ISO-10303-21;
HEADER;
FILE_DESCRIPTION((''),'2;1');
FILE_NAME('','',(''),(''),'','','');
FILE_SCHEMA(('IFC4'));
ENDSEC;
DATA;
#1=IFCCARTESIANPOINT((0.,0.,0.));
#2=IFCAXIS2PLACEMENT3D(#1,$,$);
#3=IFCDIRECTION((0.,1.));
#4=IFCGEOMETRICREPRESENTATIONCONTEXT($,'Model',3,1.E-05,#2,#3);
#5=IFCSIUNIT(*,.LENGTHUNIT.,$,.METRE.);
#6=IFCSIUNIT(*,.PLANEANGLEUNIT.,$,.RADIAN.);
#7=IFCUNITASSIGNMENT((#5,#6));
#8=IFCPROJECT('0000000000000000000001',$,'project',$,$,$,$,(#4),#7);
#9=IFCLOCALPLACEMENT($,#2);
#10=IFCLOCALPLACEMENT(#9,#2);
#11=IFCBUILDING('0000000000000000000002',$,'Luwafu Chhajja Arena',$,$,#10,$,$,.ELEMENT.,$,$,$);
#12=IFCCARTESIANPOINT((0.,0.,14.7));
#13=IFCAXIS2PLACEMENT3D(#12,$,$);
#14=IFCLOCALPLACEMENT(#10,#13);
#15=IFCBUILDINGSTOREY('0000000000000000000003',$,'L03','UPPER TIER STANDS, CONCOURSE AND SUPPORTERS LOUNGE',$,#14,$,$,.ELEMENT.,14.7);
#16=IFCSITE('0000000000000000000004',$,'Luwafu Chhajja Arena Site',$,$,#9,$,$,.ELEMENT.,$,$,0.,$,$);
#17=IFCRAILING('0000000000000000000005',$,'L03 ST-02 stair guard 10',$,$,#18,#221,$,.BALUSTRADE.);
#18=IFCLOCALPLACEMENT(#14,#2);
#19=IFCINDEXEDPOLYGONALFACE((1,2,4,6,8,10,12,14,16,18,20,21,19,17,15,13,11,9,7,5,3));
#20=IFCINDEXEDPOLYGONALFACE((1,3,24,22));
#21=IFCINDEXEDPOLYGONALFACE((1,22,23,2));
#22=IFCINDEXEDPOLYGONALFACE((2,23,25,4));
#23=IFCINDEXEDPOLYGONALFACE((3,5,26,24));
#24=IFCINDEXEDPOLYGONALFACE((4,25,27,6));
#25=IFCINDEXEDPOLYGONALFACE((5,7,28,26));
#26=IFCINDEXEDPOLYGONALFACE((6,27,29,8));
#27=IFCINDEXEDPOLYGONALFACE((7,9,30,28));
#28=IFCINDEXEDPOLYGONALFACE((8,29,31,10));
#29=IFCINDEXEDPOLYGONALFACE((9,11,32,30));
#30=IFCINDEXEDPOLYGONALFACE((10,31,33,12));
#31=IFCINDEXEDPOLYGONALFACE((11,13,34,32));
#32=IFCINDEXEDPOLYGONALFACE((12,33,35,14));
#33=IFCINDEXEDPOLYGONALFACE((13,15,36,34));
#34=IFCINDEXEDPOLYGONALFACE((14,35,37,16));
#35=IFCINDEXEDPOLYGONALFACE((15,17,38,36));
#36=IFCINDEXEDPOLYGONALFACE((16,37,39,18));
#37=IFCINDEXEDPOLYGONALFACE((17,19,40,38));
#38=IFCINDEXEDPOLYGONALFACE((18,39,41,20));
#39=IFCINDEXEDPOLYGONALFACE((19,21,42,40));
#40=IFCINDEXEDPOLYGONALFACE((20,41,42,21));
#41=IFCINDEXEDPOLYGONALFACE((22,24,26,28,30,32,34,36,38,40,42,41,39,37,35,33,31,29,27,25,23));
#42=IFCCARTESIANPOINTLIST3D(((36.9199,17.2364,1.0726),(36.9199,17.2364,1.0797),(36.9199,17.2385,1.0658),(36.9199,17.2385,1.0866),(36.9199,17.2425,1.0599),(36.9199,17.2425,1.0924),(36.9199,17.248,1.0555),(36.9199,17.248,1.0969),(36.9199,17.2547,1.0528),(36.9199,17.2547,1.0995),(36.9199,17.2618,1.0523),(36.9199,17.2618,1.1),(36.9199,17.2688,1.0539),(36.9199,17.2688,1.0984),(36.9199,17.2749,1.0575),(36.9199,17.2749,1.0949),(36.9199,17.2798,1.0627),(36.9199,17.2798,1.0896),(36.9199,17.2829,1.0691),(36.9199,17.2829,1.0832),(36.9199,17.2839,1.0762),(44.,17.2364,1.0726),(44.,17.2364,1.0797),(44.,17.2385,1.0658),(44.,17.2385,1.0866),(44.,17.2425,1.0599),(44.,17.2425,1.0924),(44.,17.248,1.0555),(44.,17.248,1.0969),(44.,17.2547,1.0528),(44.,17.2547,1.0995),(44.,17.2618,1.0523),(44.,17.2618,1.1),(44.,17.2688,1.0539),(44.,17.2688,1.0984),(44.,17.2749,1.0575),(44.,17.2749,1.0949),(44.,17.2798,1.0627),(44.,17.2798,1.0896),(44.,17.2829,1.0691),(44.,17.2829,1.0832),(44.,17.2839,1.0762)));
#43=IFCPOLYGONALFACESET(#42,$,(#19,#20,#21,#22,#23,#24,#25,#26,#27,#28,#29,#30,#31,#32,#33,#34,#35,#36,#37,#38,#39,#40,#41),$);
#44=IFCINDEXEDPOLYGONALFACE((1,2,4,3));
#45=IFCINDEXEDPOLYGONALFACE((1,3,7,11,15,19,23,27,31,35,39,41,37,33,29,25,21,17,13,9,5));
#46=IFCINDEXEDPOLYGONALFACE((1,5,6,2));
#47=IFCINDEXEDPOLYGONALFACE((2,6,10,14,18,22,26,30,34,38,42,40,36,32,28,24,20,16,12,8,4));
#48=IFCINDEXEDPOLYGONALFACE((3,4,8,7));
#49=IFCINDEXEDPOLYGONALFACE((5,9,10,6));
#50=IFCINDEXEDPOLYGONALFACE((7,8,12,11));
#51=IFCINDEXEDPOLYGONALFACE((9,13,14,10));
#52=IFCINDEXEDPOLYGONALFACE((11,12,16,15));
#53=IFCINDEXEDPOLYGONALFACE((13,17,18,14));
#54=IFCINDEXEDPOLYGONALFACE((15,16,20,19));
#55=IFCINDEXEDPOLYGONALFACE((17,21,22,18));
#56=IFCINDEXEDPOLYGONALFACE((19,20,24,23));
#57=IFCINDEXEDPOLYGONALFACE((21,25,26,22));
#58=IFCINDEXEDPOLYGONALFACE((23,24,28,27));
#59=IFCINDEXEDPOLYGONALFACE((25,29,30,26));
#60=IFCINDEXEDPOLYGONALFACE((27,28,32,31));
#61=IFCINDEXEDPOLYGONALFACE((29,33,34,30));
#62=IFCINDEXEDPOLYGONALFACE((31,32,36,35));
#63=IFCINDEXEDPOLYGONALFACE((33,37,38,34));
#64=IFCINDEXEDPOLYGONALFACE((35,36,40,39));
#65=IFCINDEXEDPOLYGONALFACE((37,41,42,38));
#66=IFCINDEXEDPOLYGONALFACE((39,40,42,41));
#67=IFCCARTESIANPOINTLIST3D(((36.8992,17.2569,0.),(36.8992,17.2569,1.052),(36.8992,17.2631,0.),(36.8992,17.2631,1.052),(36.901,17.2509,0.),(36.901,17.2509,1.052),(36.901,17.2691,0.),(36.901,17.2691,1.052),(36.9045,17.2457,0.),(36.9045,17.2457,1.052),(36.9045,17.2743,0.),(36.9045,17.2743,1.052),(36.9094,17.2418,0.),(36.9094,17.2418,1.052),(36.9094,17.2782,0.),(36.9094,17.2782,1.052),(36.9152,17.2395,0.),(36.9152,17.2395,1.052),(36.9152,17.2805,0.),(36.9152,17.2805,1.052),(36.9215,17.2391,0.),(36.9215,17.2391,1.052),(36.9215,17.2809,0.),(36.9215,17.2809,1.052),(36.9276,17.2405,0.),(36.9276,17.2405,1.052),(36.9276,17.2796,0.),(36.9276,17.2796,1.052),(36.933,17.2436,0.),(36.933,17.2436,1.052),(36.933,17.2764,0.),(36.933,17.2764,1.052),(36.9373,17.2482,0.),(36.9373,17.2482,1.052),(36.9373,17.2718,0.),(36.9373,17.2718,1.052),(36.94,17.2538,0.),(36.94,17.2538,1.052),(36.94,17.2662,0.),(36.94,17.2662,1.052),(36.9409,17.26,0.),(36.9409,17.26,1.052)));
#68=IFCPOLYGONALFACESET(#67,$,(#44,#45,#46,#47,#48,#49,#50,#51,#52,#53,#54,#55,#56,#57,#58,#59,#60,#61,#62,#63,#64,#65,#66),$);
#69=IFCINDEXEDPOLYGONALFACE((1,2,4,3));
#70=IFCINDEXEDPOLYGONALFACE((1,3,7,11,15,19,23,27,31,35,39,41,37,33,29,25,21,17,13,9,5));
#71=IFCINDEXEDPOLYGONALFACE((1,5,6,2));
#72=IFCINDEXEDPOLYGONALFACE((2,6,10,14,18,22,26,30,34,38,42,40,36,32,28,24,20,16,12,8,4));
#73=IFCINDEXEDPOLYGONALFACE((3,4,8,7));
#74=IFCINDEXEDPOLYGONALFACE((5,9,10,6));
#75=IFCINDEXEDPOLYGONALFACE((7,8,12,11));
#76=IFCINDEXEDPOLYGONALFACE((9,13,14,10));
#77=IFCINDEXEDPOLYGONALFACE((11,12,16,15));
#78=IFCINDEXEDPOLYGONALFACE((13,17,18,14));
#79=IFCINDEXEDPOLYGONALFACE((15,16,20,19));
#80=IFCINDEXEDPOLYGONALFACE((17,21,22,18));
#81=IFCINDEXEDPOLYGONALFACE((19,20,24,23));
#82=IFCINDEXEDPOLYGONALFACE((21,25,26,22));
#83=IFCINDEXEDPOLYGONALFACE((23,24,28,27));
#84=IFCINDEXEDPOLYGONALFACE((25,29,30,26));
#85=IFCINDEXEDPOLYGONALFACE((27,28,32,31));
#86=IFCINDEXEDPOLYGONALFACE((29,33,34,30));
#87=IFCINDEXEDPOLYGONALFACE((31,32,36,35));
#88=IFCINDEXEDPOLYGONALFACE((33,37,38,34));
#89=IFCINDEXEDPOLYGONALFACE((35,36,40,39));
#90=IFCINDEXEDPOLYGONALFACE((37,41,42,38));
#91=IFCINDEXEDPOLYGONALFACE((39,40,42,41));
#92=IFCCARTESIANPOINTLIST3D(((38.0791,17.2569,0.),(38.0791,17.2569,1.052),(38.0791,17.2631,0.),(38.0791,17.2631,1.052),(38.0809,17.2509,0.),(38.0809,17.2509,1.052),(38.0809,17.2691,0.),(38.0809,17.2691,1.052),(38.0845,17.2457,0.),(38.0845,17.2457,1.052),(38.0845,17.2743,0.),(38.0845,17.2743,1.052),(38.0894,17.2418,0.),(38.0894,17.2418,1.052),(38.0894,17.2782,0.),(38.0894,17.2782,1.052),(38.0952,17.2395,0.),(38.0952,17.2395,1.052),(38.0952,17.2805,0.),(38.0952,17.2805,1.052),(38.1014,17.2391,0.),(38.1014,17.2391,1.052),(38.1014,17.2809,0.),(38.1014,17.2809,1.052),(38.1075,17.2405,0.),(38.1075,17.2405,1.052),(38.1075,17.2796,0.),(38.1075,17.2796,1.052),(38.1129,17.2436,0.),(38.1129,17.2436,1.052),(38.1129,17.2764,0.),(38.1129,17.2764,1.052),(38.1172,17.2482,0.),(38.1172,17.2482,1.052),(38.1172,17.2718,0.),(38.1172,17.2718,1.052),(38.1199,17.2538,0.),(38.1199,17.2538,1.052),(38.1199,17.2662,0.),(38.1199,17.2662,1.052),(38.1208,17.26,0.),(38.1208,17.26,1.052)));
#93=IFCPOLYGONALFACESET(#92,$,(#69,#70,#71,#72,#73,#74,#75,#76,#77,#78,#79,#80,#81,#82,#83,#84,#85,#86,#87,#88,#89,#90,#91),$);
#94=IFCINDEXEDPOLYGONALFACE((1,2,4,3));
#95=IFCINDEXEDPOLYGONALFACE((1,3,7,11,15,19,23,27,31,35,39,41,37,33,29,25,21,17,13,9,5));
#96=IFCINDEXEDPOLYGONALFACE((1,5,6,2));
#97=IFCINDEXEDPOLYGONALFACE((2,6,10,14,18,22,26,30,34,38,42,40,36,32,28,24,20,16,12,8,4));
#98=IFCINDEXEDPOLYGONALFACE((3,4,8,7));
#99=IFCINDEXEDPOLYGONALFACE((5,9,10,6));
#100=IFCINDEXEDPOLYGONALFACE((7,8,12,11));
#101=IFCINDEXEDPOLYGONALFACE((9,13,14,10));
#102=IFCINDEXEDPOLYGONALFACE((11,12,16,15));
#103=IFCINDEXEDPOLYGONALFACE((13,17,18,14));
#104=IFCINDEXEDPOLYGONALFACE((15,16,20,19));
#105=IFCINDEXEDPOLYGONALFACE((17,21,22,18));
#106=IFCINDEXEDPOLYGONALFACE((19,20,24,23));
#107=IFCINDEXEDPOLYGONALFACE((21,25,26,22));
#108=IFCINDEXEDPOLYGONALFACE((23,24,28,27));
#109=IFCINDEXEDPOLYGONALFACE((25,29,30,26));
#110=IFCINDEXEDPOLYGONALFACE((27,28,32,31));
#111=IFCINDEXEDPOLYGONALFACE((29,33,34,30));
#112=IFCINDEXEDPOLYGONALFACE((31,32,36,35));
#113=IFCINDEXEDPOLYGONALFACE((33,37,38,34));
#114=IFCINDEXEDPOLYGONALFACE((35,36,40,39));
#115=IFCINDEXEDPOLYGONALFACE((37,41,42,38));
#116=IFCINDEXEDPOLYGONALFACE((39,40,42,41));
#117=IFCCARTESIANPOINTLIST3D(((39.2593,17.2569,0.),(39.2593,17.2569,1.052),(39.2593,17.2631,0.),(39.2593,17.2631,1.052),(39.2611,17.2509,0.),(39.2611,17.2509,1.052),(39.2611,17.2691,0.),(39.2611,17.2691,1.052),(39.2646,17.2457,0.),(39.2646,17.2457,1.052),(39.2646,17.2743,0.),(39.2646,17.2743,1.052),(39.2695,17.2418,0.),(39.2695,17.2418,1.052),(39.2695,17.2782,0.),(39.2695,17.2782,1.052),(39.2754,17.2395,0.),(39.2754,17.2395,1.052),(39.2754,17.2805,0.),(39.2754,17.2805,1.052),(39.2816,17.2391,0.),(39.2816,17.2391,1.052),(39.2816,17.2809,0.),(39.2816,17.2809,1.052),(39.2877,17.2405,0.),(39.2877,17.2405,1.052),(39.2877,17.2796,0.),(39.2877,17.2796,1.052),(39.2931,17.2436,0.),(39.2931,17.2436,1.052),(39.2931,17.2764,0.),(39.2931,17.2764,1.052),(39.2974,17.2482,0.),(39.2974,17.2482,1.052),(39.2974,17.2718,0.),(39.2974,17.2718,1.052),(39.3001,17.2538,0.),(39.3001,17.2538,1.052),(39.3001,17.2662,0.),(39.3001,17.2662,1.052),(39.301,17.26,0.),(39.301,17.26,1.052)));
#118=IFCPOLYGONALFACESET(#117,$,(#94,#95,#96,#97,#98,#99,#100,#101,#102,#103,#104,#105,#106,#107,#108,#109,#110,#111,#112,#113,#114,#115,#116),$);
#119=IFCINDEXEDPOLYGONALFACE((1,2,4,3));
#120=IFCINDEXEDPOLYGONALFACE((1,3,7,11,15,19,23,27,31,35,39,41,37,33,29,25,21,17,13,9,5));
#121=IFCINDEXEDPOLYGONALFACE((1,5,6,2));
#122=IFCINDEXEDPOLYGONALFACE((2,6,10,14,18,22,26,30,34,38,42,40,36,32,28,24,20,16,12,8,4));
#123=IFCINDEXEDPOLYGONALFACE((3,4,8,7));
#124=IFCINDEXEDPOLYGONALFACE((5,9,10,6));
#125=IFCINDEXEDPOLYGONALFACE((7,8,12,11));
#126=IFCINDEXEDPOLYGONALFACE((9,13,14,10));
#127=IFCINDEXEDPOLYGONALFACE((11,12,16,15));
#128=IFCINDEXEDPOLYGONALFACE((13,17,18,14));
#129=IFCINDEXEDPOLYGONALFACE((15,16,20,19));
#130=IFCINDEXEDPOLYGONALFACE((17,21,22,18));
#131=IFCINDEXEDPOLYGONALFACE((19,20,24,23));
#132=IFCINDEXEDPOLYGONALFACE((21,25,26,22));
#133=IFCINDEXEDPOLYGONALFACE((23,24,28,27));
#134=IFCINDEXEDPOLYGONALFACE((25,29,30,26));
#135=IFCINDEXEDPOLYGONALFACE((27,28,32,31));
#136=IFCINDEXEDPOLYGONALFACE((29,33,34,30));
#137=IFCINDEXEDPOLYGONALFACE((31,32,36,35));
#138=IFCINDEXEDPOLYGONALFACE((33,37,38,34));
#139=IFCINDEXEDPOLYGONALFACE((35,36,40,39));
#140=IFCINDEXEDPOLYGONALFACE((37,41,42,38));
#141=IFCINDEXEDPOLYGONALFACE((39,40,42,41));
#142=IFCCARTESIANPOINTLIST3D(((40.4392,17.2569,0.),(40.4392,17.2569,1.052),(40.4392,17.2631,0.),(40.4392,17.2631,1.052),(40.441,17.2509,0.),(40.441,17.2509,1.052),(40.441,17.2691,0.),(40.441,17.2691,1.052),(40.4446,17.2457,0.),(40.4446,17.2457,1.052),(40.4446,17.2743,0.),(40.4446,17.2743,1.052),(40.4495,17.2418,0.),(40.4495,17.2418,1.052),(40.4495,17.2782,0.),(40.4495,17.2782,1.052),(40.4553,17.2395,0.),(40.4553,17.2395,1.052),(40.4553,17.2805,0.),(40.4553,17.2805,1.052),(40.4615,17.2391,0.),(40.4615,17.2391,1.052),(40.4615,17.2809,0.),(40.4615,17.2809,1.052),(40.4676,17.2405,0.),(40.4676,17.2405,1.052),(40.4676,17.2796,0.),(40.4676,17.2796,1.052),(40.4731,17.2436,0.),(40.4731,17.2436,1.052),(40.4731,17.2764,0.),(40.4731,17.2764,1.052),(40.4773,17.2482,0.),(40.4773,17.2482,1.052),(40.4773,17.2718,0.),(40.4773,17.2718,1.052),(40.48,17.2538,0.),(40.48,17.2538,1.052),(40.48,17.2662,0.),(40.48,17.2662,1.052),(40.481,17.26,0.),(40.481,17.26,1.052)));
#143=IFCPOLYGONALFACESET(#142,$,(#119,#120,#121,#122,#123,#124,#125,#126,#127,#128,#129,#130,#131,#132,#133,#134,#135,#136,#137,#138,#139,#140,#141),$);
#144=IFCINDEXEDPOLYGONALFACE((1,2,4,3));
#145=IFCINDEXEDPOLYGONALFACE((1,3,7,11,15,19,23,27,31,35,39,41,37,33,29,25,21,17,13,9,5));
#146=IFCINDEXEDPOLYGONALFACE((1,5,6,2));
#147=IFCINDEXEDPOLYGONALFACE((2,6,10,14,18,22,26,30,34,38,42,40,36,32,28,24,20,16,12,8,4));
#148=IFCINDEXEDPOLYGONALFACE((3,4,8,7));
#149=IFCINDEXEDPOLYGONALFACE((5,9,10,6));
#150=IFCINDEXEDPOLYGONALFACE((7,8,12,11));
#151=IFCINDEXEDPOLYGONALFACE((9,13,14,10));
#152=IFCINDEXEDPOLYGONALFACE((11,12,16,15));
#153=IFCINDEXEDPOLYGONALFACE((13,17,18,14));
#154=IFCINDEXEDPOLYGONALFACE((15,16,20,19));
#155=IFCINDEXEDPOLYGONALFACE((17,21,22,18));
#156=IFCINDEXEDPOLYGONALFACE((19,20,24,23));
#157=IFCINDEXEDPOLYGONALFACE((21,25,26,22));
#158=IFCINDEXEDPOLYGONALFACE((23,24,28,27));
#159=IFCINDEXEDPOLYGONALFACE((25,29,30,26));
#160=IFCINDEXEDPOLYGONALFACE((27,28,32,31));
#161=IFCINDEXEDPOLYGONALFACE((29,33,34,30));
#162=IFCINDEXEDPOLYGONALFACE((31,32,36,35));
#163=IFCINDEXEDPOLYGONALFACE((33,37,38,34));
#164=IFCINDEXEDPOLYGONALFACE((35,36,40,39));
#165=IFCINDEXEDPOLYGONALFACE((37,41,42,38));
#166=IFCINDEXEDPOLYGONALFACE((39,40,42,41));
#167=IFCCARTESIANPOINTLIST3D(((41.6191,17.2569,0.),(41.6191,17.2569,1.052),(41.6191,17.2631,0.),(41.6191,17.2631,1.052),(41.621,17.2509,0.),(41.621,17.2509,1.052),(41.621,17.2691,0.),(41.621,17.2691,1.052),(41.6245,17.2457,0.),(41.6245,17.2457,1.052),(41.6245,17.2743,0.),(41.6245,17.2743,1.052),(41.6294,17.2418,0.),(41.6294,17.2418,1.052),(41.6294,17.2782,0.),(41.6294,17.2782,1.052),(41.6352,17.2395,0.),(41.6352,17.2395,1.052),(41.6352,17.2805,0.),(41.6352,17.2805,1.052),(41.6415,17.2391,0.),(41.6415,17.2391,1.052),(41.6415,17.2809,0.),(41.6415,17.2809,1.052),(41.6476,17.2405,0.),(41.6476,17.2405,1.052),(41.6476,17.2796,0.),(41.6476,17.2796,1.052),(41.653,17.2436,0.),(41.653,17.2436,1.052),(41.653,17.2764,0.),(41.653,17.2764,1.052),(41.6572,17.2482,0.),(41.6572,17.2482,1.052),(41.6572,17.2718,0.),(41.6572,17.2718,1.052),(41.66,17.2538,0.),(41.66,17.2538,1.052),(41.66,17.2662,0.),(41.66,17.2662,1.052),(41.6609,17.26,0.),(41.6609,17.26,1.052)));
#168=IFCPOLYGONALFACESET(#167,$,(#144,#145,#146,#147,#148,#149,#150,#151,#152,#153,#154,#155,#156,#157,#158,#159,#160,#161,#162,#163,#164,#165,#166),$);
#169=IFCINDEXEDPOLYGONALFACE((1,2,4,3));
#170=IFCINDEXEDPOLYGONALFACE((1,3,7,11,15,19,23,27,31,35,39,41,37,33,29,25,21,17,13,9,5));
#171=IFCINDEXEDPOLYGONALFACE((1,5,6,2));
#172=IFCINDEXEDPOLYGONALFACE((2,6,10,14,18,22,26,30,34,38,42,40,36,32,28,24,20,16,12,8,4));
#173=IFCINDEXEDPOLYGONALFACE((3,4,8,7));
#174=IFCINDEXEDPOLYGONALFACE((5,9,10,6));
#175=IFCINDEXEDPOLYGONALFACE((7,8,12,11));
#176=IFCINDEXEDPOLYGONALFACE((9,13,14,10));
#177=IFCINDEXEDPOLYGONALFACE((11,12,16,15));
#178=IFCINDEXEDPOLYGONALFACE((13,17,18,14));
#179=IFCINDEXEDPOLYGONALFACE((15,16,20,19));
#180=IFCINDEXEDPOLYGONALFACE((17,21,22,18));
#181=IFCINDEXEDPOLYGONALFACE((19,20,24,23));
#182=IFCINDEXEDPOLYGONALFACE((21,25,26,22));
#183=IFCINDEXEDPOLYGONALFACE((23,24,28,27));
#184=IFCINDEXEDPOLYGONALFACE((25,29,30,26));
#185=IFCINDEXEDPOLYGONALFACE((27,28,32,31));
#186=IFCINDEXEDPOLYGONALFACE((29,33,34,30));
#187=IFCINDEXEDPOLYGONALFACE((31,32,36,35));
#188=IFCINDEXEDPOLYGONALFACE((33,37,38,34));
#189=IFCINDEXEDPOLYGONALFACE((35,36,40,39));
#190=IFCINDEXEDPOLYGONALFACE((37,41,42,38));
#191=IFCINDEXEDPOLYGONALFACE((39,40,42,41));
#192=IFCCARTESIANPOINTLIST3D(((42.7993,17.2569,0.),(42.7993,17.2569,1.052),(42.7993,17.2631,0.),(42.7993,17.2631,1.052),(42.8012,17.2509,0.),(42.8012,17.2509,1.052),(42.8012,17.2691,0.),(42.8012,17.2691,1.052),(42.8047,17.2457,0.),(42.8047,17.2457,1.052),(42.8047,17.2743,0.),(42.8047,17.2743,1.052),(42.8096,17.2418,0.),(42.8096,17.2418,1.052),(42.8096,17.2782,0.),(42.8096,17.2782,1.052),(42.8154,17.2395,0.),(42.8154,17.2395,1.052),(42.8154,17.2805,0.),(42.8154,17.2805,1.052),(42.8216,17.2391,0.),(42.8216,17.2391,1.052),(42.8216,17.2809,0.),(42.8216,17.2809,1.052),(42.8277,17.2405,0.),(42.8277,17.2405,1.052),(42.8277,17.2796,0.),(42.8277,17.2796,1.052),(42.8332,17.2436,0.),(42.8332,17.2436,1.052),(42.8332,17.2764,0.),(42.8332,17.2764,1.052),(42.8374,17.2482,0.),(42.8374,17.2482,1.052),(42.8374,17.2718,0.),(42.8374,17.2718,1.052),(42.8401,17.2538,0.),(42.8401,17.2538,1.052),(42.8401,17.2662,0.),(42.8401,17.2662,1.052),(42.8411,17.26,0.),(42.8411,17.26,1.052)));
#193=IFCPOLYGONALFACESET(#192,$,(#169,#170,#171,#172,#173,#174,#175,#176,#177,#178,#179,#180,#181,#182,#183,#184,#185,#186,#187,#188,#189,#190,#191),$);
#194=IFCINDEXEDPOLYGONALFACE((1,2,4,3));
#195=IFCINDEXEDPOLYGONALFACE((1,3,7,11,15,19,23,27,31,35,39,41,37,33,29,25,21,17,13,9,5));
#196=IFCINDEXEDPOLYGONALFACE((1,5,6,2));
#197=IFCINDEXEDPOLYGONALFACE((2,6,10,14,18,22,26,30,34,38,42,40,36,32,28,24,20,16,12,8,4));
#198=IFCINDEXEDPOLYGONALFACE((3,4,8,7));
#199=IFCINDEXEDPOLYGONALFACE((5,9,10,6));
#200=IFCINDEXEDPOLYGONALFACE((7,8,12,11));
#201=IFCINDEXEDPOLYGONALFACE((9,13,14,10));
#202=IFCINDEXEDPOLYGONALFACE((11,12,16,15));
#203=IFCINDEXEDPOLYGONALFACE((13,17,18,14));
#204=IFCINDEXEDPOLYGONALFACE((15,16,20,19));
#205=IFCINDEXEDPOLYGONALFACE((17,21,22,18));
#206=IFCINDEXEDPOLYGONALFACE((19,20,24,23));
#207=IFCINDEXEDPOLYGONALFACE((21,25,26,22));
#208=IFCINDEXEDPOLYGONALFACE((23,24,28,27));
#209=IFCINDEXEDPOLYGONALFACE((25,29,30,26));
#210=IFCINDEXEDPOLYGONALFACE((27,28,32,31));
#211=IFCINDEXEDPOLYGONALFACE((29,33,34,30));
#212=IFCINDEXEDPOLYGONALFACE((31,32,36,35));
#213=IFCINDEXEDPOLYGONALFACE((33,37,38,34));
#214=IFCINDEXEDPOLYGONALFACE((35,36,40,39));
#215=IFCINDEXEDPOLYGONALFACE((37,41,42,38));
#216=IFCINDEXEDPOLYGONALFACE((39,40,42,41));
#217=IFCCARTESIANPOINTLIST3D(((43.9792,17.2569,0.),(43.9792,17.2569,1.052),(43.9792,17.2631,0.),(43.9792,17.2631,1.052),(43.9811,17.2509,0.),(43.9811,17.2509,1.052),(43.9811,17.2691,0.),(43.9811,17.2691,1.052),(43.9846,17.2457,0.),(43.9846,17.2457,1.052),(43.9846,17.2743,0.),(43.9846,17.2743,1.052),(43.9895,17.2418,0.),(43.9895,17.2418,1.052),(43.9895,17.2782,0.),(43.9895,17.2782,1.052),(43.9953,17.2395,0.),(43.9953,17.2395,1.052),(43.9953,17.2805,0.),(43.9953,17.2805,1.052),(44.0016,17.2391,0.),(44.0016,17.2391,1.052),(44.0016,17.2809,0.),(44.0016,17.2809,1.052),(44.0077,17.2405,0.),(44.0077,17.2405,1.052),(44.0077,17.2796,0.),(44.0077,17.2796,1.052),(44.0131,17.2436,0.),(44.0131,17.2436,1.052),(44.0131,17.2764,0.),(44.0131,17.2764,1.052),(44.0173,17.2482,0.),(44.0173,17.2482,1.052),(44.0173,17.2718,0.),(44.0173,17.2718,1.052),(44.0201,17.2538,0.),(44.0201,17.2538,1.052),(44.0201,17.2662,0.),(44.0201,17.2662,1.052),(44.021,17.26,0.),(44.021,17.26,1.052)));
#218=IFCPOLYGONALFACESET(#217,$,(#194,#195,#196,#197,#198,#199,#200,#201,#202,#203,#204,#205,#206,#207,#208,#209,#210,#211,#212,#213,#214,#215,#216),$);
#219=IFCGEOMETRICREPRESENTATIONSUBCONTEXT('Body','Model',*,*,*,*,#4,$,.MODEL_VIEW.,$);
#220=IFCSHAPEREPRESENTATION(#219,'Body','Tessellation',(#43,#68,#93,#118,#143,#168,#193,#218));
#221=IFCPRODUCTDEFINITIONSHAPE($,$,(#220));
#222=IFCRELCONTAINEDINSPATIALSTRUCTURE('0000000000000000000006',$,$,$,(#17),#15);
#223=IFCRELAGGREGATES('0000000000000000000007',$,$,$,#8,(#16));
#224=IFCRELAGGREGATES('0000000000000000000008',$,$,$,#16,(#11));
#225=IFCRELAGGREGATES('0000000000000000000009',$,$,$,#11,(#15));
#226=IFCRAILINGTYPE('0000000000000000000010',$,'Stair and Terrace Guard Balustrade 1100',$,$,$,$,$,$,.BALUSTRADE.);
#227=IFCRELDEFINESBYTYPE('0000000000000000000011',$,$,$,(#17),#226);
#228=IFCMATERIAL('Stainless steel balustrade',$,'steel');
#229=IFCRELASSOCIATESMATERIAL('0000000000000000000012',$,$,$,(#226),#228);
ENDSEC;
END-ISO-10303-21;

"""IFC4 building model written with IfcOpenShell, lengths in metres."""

from ifc_helpers import new_model, si_unit, direction, frame, origin, origin_2d, place, context, subcontext, project, spatial, circle, extrude, material, type_object, element, save


model = new_model("IFC4")

# Units and contexts
model_context = context("Model", 3, precision=1e-05, world=origin(), true_north=direction((0.0, 1.0)))
body_context = subcontext(model_context, "Body", "Model", "MODEL_VIEW")
ifc_project = project(units=[si_unit("LENGTHUNIT", "METRE"), si_unit("PLANEANGLEUNIT", "RADIAN")], contexts=[model_context])

# Site, building, storey
site_placement = place(None, origin())
site = spatial("IfcSite", under=ifc_project, at=site_placement, Name="Luwafu Chhajja Arena Site", CompositionType="ELEMENT", RefElevation=0.0)
building_placement = place(site_placement, origin())
building = spatial("IfcBuilding", under=site, at=building_placement, Name="Luwafu Chhajja Arena", CompositionType="ELEMENT")
storey_placement = place(building_placement, frame((0.0, 0.0, 14.7)))
storey = spatial("IfcBuildingStorey", under=building, at=storey_placement, Name="L03", Description="UPPER TIER STANDS, CONCOURSE AND SUPPORTERS LOUNGE", CompositionType="ELEMENT", Elevation=14.7)

# Railing
ifc_material_1 = material(Name="Stainless steel balustrade", Category="steel")
railing_type_1 = type_object("IfcRailingType", Name="Stair and Terrace Guard Balustrade 1100", PredefinedType="BALUSTRADE", material=ifc_material_1)
railing_1_placement = place(storey_placement, frame((36.9199, 17.26, 0.0)))
element("IfcRailing", 1, at=railing_1_placement, inside=storey, type_object=railing_type_1, Name="L03 ST-02 stair guard 10", PredefinedType="BALUSTRADE", context=body_context, shape_type="SweptSolid", body=[
    extrude(circle(Radius=0.0239, at=origin_2d()), frame((0.0, 0.0, 1.0762), z_axis=(1.0, 0.0, 0.0), x_axis=(0.0, 1.0, 0.0)), (0.0, 0.0, 1.0), 7.0801),
    extrude(circle(Radius=0.021, at=origin_2d()), origin(), (0.0, 0.0, 1.0), 1.052),
    extrude(circle(Radius=0.021, at=origin_2d()), frame((1.1799, 0.0, 0.0)), (0.0, 0.0, 1.0), 1.052),
    extrude(circle(Radius=0.021, at=origin_2d()), frame((2.3601, 0.0, 0.0)), (0.0, 0.0, 1.0), 1.052),
    extrude(circle(Radius=0.021, at=origin_2d()), frame((3.54, 0.0, 0.0)), (0.0, 0.0, 1.0), 1.052),
    extrude(circle(Radius=0.021, at=origin_2d()), frame((4.72, 0.0, 0.0)), (0.0, 0.0, 1.0), 1.052),
    extrude(circle(Radius=0.021, at=origin_2d()), frame((5.9001, 0.0, 0.0)), (0.0, 0.0, 1.0), 1.052),
    extrude(circle(Radius=0.021, at=origin_2d()), frame((7.0801, 0.0, 0.0)), (0.0, 0.0, 1.0), 1.052),
])

save(model, "model.ifc")
